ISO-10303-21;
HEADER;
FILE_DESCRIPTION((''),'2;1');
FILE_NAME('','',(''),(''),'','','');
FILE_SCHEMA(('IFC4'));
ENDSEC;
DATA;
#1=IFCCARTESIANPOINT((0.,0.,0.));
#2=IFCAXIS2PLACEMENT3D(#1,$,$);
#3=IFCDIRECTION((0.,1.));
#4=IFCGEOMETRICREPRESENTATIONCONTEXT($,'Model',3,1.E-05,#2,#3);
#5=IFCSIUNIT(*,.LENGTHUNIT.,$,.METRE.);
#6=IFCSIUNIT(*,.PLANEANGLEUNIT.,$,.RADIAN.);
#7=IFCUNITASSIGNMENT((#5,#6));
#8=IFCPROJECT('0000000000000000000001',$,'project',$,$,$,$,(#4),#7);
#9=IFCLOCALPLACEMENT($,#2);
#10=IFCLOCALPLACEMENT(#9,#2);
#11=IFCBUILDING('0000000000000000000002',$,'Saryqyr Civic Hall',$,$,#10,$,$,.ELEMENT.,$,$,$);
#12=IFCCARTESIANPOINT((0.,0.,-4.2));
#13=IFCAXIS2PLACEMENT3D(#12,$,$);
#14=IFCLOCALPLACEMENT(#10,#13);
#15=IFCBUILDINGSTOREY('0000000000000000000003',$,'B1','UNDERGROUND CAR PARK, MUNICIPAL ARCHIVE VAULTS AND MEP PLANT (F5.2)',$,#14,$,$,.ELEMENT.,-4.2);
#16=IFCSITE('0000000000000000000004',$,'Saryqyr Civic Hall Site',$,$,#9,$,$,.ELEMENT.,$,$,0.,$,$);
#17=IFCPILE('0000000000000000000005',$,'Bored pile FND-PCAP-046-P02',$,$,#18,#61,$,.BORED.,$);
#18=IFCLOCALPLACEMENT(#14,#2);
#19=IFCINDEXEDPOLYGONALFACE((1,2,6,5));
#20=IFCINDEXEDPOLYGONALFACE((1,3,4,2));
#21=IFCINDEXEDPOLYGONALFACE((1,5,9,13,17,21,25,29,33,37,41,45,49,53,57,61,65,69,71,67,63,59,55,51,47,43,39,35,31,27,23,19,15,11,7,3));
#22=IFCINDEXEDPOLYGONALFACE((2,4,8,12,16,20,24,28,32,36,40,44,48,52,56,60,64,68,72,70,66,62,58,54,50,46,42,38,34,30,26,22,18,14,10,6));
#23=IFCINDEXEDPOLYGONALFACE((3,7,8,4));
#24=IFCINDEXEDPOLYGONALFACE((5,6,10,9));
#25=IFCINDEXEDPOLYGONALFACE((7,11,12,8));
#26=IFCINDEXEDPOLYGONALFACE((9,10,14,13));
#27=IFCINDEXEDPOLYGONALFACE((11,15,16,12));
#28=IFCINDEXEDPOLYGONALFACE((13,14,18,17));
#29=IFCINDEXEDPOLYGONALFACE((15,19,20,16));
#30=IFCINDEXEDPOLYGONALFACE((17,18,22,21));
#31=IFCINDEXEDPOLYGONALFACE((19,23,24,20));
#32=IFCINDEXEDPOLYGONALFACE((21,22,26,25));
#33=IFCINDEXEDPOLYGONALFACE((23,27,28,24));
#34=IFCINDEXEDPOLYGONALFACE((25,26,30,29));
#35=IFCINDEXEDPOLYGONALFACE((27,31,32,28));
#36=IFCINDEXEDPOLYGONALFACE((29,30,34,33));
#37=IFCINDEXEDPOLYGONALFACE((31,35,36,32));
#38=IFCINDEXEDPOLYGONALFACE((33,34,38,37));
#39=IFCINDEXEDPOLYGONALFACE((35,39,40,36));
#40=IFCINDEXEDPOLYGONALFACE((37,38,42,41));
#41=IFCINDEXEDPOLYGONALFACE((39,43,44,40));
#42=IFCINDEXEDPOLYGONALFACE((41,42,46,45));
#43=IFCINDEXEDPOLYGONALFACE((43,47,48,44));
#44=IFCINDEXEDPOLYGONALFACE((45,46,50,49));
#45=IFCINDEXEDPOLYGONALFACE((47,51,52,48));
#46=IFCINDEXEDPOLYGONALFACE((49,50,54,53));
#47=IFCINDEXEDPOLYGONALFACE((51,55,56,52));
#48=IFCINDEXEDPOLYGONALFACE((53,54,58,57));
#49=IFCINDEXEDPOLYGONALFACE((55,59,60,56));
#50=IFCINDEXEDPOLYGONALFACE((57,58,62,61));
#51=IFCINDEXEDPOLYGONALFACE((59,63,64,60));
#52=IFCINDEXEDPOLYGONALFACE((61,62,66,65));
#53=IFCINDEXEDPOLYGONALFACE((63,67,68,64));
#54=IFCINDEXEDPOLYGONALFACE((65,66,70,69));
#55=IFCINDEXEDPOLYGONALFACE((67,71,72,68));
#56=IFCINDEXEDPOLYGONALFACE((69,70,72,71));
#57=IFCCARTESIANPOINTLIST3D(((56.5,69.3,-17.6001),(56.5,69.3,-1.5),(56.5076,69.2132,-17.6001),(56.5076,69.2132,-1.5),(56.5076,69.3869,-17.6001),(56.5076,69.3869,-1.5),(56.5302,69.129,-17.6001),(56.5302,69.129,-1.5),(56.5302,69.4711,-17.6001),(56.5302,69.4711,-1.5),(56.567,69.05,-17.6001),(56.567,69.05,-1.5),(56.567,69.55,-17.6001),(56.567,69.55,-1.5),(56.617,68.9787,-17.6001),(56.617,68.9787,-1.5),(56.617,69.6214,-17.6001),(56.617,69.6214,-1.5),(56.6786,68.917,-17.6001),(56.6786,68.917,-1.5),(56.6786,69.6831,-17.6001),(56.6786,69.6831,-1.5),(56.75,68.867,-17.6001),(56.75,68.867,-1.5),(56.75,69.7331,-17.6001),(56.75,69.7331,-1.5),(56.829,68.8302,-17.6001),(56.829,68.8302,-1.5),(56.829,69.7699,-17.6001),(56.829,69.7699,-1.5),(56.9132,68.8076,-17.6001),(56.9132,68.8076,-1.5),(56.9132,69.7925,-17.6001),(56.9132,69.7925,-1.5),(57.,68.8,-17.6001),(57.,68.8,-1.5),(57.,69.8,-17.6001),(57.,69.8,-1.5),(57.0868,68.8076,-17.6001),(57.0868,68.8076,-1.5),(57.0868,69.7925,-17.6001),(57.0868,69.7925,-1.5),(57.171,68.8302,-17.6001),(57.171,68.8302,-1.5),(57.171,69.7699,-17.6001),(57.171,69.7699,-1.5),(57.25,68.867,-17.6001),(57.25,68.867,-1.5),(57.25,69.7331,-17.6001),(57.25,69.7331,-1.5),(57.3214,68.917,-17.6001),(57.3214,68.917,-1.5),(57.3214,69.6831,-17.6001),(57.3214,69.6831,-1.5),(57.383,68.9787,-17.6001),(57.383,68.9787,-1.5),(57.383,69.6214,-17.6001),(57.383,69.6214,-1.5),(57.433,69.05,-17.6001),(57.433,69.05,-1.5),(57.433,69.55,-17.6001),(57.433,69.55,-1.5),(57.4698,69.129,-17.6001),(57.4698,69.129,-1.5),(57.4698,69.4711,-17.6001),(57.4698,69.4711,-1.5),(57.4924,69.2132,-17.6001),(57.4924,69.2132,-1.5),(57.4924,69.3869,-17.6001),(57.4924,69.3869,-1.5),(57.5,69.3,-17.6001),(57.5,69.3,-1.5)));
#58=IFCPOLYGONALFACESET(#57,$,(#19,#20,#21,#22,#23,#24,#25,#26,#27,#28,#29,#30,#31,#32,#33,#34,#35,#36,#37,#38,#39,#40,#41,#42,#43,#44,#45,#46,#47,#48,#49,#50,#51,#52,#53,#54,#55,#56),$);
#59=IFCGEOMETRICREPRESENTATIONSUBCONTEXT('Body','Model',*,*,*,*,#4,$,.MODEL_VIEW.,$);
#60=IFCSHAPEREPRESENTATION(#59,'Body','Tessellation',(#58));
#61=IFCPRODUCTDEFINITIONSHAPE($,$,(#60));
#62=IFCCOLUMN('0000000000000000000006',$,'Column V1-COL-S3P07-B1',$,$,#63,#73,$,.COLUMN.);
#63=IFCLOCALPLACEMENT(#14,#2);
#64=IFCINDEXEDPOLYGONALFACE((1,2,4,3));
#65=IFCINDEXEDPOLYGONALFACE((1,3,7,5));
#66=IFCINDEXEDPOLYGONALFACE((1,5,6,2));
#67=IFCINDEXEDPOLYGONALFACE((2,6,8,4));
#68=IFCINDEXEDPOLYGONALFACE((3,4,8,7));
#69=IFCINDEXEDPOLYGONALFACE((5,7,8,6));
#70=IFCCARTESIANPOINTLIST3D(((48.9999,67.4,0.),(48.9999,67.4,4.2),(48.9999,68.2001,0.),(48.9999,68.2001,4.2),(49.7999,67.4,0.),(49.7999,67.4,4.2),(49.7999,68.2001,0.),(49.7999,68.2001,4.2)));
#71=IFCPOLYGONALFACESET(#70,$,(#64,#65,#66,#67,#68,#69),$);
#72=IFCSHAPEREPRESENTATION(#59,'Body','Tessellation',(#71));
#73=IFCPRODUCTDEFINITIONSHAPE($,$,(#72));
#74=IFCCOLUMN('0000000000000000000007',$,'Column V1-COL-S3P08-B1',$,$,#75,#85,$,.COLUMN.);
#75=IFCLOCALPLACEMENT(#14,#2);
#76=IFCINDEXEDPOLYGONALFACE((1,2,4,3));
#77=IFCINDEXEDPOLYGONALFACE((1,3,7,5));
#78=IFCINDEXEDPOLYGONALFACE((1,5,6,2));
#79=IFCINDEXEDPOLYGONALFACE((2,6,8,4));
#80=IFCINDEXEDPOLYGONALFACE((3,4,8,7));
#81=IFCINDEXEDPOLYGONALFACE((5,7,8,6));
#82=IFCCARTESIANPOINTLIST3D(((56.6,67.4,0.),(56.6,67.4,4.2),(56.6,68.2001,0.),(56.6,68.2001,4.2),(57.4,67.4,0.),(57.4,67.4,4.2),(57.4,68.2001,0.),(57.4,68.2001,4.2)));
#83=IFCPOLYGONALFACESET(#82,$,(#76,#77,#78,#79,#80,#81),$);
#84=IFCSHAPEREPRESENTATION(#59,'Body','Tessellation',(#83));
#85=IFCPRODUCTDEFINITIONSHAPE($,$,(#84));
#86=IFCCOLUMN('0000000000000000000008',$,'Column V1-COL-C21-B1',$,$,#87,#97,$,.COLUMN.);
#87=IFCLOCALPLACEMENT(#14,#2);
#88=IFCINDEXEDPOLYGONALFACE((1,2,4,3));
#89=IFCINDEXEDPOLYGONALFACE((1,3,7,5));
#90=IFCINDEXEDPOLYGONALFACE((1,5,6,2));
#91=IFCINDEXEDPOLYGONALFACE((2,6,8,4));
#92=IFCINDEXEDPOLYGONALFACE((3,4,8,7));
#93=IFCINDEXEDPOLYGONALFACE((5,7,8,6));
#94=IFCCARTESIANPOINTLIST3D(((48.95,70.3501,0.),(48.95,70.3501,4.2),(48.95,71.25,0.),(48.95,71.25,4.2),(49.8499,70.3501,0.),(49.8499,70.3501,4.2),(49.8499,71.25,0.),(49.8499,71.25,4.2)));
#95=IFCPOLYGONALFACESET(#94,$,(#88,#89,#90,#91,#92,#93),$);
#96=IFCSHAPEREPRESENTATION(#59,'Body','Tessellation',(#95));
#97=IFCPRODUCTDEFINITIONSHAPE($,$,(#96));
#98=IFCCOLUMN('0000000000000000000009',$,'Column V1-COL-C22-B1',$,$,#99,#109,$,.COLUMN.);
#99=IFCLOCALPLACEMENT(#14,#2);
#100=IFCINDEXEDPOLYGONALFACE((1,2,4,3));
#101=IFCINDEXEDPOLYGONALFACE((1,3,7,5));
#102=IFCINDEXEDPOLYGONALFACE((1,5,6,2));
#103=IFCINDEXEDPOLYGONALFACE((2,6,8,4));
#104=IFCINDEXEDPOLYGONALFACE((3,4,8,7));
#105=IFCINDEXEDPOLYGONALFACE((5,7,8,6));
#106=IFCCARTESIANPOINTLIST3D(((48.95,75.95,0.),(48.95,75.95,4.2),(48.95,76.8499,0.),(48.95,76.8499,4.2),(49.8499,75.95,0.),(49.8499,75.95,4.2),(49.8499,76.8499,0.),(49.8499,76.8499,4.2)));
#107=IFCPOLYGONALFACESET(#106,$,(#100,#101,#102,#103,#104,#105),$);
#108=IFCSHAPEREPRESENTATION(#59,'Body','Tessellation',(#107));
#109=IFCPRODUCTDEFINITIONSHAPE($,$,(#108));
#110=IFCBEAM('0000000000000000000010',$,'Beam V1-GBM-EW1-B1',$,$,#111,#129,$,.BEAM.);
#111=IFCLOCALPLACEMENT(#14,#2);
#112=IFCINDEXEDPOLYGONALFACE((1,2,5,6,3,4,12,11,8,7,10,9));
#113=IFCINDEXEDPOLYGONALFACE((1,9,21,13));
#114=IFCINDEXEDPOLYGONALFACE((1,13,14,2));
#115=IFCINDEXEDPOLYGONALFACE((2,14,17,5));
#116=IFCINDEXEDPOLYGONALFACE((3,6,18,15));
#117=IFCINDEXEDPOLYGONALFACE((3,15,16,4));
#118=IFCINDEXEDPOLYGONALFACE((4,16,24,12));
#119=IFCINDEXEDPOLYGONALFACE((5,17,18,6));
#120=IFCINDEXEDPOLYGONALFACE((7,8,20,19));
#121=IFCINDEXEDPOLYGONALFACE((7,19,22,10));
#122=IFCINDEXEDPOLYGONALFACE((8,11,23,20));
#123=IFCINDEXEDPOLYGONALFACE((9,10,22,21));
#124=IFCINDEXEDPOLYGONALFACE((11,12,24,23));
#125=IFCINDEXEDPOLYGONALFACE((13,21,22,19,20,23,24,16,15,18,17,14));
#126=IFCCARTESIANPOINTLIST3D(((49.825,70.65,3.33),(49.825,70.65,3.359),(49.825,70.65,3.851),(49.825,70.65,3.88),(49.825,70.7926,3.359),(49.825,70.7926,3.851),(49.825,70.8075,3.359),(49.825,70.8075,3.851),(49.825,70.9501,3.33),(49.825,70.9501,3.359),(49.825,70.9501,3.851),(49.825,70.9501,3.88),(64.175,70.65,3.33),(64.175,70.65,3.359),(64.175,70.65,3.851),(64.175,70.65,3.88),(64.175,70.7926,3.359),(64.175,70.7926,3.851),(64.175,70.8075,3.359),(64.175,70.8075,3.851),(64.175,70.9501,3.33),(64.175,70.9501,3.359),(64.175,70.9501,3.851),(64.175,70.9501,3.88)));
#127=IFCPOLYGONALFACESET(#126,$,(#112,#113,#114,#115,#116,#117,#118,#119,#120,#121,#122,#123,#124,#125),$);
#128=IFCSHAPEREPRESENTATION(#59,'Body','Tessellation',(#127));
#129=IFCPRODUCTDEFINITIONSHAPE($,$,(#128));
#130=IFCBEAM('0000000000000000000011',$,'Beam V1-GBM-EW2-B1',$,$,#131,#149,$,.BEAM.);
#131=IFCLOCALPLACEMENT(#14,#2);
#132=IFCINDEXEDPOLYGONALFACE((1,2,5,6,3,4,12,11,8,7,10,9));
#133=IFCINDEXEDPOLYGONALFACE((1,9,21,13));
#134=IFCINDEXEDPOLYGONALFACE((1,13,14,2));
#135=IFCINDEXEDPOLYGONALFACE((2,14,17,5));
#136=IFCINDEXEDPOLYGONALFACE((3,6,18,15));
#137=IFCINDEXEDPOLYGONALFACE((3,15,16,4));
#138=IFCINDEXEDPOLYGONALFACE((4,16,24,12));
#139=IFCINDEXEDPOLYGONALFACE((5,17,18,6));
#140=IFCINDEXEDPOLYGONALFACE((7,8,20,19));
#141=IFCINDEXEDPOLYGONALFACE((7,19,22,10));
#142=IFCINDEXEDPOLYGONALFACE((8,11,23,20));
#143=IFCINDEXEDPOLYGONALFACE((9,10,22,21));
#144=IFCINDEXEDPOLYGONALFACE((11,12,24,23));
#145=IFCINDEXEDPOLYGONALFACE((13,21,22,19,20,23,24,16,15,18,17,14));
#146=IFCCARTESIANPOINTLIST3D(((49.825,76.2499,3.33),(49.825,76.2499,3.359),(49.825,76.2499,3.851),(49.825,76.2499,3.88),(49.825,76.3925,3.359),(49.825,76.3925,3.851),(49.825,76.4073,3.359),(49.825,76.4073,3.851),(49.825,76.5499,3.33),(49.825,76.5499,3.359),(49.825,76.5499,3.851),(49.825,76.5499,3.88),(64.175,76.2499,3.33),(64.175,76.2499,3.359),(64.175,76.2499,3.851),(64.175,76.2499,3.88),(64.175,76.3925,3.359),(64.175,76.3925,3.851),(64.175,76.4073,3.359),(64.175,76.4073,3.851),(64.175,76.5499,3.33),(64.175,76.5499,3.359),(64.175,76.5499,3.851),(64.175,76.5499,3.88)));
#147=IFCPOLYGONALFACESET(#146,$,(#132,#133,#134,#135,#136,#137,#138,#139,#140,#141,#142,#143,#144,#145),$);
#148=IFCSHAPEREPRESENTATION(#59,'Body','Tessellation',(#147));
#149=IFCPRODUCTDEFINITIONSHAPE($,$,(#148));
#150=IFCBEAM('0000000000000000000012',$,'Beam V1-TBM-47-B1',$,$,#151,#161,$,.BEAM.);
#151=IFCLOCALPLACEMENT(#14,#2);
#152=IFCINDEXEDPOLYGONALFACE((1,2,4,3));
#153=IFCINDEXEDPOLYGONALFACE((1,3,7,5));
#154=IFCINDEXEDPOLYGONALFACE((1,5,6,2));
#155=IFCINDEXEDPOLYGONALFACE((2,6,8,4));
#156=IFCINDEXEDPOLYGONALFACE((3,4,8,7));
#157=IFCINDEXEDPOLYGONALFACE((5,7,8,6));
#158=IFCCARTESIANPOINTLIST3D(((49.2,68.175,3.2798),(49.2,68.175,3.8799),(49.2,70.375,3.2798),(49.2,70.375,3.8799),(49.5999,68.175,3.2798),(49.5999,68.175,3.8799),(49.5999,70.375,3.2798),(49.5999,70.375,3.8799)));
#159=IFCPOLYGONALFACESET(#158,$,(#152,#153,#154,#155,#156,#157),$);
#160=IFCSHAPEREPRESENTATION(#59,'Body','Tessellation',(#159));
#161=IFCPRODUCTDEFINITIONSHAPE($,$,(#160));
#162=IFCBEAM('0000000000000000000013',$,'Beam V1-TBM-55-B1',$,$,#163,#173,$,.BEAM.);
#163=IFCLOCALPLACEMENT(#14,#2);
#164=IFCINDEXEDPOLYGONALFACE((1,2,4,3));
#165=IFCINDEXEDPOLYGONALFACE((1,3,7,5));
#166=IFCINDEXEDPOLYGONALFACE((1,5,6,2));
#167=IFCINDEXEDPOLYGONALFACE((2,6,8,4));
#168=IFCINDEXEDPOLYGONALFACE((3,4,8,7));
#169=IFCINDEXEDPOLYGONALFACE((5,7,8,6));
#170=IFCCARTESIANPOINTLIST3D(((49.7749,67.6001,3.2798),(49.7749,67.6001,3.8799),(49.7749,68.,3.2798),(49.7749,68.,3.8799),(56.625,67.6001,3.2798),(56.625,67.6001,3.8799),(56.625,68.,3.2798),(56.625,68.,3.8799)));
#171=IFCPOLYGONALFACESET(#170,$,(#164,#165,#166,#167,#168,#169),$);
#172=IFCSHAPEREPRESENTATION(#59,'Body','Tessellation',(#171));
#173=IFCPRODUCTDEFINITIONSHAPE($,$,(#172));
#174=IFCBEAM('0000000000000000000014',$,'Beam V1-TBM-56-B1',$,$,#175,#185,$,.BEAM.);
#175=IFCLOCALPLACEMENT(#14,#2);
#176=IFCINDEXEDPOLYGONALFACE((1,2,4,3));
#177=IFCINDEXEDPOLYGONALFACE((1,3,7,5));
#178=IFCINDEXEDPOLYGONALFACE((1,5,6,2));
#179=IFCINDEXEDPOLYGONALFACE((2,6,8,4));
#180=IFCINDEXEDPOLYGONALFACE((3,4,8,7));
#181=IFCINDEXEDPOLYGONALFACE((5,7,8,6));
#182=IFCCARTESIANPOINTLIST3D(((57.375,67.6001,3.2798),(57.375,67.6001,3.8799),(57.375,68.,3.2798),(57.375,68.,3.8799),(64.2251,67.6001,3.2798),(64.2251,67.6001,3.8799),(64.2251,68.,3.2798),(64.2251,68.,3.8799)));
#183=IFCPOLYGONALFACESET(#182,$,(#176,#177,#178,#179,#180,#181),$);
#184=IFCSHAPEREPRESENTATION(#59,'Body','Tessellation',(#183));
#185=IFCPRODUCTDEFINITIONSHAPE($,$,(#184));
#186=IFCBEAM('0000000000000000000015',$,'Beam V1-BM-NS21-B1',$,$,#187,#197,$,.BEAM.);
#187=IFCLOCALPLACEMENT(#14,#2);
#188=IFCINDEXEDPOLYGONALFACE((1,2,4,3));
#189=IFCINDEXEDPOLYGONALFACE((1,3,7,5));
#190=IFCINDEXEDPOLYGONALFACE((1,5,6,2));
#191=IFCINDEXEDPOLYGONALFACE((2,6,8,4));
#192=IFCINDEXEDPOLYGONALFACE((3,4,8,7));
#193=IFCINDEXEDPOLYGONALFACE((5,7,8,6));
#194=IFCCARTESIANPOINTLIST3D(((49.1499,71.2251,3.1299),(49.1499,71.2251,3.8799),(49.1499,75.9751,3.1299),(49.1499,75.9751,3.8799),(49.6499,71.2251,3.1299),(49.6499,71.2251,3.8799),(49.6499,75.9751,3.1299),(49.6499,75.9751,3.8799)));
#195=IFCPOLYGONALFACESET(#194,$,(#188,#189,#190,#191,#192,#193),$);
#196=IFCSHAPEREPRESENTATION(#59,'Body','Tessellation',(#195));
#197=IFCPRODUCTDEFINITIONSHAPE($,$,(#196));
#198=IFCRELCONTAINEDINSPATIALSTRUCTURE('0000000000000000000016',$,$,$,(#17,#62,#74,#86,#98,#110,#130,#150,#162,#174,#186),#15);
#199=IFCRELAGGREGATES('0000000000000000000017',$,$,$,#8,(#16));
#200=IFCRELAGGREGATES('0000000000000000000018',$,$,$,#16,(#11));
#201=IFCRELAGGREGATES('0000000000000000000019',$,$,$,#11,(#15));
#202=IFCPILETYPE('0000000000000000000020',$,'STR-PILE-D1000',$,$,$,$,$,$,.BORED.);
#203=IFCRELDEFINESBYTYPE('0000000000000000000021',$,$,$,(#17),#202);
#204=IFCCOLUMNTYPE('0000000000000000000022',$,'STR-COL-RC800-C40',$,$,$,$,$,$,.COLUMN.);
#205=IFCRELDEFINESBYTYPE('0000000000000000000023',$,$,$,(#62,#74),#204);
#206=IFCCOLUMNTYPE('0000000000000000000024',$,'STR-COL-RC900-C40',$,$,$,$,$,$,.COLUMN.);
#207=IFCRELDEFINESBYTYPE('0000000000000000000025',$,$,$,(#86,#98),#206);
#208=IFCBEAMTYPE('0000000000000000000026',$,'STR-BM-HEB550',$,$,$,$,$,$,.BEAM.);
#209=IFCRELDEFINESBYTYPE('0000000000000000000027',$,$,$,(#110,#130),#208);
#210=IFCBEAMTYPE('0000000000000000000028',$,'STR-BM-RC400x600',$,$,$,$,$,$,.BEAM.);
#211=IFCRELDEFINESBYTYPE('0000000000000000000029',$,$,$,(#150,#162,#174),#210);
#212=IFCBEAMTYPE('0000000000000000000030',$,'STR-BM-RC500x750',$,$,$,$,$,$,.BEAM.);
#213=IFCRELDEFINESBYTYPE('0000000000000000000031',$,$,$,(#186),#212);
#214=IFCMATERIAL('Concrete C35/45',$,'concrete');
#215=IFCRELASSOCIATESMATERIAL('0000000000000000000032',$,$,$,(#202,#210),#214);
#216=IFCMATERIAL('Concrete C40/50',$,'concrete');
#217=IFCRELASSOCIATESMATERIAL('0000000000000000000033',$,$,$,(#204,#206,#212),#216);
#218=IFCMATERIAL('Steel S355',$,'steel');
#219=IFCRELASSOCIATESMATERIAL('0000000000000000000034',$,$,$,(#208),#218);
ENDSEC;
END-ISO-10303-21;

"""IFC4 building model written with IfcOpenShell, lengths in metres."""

from ifc_helpers import new_model, si_unit, direction, frame, origin, origin_2d, place, context, subcontext, project, spatial, rectangle, circle, i_section, extrude, material, material_profile, profile_set, type_object, element, save


model = new_model("IFC4")

# Units and contexts
model_context = context("Model", 3, precision=1e-05, world=origin(), true_north=direction((0.0, 1.0)))
body_context = subcontext(model_context, "Body", "Model", "MODEL_VIEW")
ifc_project = project(units=[si_unit("LENGTHUNIT", "METRE"), si_unit("PLANEANGLEUNIT", "RADIAN")], contexts=[model_context])

# Site, building, storey
site_placement = place(None, origin())
site = spatial("IfcSite", under=ifc_project, at=site_placement, Name="Saryqyr Civic Hall Site", CompositionType="ELEMENT", RefElevation=0.0)
building_placement = place(site_placement, origin())
building = spatial("IfcBuilding", under=site, at=building_placement, Name="Saryqyr Civic Hall", CompositionType="ELEMENT")
storey_placement = place(building_placement, frame((0.0, 0.0, -4.2)))
storey = spatial("IfcBuildingStorey", under=building, at=storey_placement, Name="B1", Description="UNDERGROUND CAR PARK, MUNICIPAL ARCHIVE VAULTS AND MEP PLANT (F5.2)", CompositionType="ELEMENT", Elevation=-4.2)

# Shared definitions
ifc_material_1 = material(Name="Concrete C35/45", Category="concrete")

# Pile
ifc_material_profile_1 = material_profile(ifc_material_1, circle(Radius=0.5, at=origin_2d()), Name="BORED PILE D1000")
ifc_profile_set_1 = profile_set([ifc_material_profile_1], Name="Concrete C35/45")
pile_type = type_object("IfcPileType", Name="STR-PILE-D1000", PredefinedType="BORED", material=ifc_profile_set_1)
for number, where, z_axis, x_axis, name in (
    (1, (57.0, 69.3, -1.5), (0.0, 0.0, -1.0), (1.0, 0.0, 0.0), "Bored pile FND-PCAP-046-P02"),
):
    element("IfcPile", number, at=place(storey_placement, frame(where, z_axis=z_axis, x_axis=x_axis)), inside=storey, type_object=pile_type, Name=name, PredefinedType="BORED", context=body_context, shape_type="SweptSolid", body=[
        extrude(circle(Radius=0.5, at=origin_2d()), origin(), (0.0, 0.0, 1.0), 16.1001),
    ])

# Columns
ifc_material_2 = material(Name="Concrete C40/50", Category="concrete")
ifc_material_profile_2 = material_profile(ifc_material_2, rectangle(XDim=0.8, YDim=0.8, at=origin_2d()), Name="RC 800x800")
ifc_profile_set_2 = profile_set([ifc_material_profile_2], Name="Concrete C40/50")
column_type_1 = type_object("IfcColumnType", Name="STR-COL-RC800-C40", PredefinedType="COLUMN", material=ifc_profile_set_2)
for number, where, z_axis, x_axis, name in (
    (2, (49.3999, 67.8, 0.0), (0.0, 0.0, 1.0), (1.0, 0.0, 0.0), "Column V1-COL-S3P07-B1"),
    (3, (57.0, 67.8, 0.0), (0.0, 0.0, 1.0), (1.0, 0.0, 0.0), "Column V1-COL-S3P08-B1"),
):
    element("IfcColumn", number, at=place(storey_placement, frame(where, z_axis=z_axis, x_axis=x_axis)), inside=storey, type_object=column_type_1, Name=name, PredefinedType="COLUMN", context=body_context, shape_type="SweptSolid", body=[
        extrude(rectangle(XDim=0.8, YDim=0.8, at=origin_2d()), origin(), (0.0, 0.0, 1.0), 4.2),
    ])
ifc_material_profile_3 = material_profile(ifc_material_2, rectangle(XDim=0.8999, YDim=0.8999, at=origin_2d()), Name="RC 900x900")
ifc_profile_set_3 = profile_set([ifc_material_profile_3], Name="Concrete C40/50")
column_type_2 = type_object("IfcColumnType", Name="STR-COL-RC900-C40", PredefinedType="COLUMN", material=ifc_profile_set_3)
for number, where, z_axis, x_axis, name in (
    (4, (49.3999, 70.8, 0.0), (0.0, 0.0, 1.0), (1.0, 0.0, 0.0), "Column V1-COL-C21-B1"),
    (5, (49.3999, 76.3999, 0.0), (0.0, 0.0, 1.0), (1.0, 0.0, 0.0), "Column V1-COL-C22-B1"),
):
    element("IfcColumn", number, at=place(storey_placement, frame(where, z_axis=z_axis, x_axis=x_axis)), inside=storey, type_object=column_type_2, Name=name, PredefinedType="COLUMN", context=body_context, shape_type="SweptSolid", body=[
        extrude(rectangle(XDim=0.8999, YDim=0.8999, at=origin_2d()), origin(), (0.0, 0.0, 1.0), 4.2),
    ])

# Beams
ifc_material_3 = material(Name="Steel S355", Category="steel")
ifc_material_profile_4 = material_profile(ifc_material_3, i_section(OverallWidth=0.3, OverallDepth=0.55, WebThickness=0.0149, FlangeThickness=0.0291, at=origin_2d()), Name="HEB 550")
ifc_profile_set_4 = profile_set([ifc_material_profile_4], Name="Steel S355")
beam_type_1 = type_object("IfcBeamType", Name="STR-BM-HEB550", PredefinedType="BEAM", material=ifc_profile_set_4)
for number, where, z_axis, x_axis, name in (
    (6, (49.825, 70.8, 3.605), (1.0, 0.0, 0.0), (0.0, 1.0, 0.0), "Beam V1-GBM-EW1-B1"),
    (7, (49.825, 76.3999, 3.605), (1.0, 0.0, 0.0), (0.0, 1.0, 0.0), "Beam V1-GBM-EW2-B1"),
):
    element("IfcBeam", number, at=place(storey_placement, frame(where, z_axis=z_axis, x_axis=x_axis)), inside=storey, type_object=beam_type_1, Name=name, PredefinedType="BEAM", context=body_context, shape_type="SweptSolid", body=[
        extrude(i_section(OverallWidth=0.3, OverallDepth=0.55, WebThickness=0.0149, FlangeThickness=0.0291, at=origin_2d()), origin(), (0.0, 0.0, 1.0), 14.3501),
    ])
ifc_material_profile_5 = material_profile(ifc_material_1, rectangle(XDim=0.3999, YDim=0.6001, at=origin_2d()), Name="RC 400x600")
ifc_profile_set_5 = profile_set([ifc_material_profile_5], Name="Concrete C35/45")
beam_type_2 = type_object("IfcBeamType", Name="STR-BM-RC400x600", PredefinedType="BEAM", material=ifc_profile_set_5)
beam_1_placement = place(storey_placement, frame((49.3999, 68.175, 3.5798), z_axis=(0.0, 1.0, 0.0), x_axis=(-1.0, 0.0, 0.0)))
element("IfcBeam", 8, at=beam_1_placement, inside=storey, type_object=beam_type_2, Name="Beam V1-TBM-47-B1", PredefinedType="BEAM", context=body_context, shape_type="SweptSolid", body=[
    extrude(rectangle(XDim=0.3999, YDim=0.6001, at=origin_2d()), origin(), (0.0, 0.0, 1.0), 2.2),
])
for number, where, z_axis, x_axis, name in (
    (9, (49.7749, 67.8, 3.5798), (1.0, 0.0, 0.0), (0.0, 1.0, 0.0), "Beam V1-TBM-55-B1"),
    (10, (57.375, 67.8, 3.5798), (1.0, 0.0, 0.0), (0.0, 1.0, 0.0), "Beam V1-TBM-56-B1"),
):
    element("IfcBeam", number, at=place(storey_placement, frame(where, z_axis=z_axis, x_axis=x_axis)), inside=storey, type_object=beam_type_2, Name=name, PredefinedType="BEAM", context=body_context, shape_type="SweptSolid", body=[
        extrude(rectangle(XDim=0.3999, YDim=0.6001, at=origin_2d()), origin(), (0.0, 0.0, 1.0), 6.8501),
    ])
ifc_material_profile_6 = material_profile(ifc_material_2, rectangle(XDim=0.5, YDim=0.75, at=origin_2d()), Name="RC 500x750")
ifc_profile_set_6 = profile_set([ifc_material_profile_6], Name="Concrete C40/50")
beam_type_3 = type_object("IfcBeamType", Name="STR-BM-RC500x750", PredefinedType="BEAM", material=ifc_profile_set_6)
beam_2_placement = place(storey_placement, frame((49.3999, 71.2251, 3.5049), z_axis=(0.0, 1.0, 0.0), x_axis=(-1.0, 0.0, 0.0)))
element("IfcBeam", 11, at=beam_2_placement, inside=storey, type_object=beam_type_3, Name="Beam V1-BM-NS21-B1", PredefinedType="BEAM", context=body_context, shape_type="SweptSolid", body=[
    extrude(rectangle(XDim=0.5, YDim=0.75, at=origin_2d()), origin(), (0.0, 0.0, 1.0), 4.75),
])

save(model, "model.ifc")
